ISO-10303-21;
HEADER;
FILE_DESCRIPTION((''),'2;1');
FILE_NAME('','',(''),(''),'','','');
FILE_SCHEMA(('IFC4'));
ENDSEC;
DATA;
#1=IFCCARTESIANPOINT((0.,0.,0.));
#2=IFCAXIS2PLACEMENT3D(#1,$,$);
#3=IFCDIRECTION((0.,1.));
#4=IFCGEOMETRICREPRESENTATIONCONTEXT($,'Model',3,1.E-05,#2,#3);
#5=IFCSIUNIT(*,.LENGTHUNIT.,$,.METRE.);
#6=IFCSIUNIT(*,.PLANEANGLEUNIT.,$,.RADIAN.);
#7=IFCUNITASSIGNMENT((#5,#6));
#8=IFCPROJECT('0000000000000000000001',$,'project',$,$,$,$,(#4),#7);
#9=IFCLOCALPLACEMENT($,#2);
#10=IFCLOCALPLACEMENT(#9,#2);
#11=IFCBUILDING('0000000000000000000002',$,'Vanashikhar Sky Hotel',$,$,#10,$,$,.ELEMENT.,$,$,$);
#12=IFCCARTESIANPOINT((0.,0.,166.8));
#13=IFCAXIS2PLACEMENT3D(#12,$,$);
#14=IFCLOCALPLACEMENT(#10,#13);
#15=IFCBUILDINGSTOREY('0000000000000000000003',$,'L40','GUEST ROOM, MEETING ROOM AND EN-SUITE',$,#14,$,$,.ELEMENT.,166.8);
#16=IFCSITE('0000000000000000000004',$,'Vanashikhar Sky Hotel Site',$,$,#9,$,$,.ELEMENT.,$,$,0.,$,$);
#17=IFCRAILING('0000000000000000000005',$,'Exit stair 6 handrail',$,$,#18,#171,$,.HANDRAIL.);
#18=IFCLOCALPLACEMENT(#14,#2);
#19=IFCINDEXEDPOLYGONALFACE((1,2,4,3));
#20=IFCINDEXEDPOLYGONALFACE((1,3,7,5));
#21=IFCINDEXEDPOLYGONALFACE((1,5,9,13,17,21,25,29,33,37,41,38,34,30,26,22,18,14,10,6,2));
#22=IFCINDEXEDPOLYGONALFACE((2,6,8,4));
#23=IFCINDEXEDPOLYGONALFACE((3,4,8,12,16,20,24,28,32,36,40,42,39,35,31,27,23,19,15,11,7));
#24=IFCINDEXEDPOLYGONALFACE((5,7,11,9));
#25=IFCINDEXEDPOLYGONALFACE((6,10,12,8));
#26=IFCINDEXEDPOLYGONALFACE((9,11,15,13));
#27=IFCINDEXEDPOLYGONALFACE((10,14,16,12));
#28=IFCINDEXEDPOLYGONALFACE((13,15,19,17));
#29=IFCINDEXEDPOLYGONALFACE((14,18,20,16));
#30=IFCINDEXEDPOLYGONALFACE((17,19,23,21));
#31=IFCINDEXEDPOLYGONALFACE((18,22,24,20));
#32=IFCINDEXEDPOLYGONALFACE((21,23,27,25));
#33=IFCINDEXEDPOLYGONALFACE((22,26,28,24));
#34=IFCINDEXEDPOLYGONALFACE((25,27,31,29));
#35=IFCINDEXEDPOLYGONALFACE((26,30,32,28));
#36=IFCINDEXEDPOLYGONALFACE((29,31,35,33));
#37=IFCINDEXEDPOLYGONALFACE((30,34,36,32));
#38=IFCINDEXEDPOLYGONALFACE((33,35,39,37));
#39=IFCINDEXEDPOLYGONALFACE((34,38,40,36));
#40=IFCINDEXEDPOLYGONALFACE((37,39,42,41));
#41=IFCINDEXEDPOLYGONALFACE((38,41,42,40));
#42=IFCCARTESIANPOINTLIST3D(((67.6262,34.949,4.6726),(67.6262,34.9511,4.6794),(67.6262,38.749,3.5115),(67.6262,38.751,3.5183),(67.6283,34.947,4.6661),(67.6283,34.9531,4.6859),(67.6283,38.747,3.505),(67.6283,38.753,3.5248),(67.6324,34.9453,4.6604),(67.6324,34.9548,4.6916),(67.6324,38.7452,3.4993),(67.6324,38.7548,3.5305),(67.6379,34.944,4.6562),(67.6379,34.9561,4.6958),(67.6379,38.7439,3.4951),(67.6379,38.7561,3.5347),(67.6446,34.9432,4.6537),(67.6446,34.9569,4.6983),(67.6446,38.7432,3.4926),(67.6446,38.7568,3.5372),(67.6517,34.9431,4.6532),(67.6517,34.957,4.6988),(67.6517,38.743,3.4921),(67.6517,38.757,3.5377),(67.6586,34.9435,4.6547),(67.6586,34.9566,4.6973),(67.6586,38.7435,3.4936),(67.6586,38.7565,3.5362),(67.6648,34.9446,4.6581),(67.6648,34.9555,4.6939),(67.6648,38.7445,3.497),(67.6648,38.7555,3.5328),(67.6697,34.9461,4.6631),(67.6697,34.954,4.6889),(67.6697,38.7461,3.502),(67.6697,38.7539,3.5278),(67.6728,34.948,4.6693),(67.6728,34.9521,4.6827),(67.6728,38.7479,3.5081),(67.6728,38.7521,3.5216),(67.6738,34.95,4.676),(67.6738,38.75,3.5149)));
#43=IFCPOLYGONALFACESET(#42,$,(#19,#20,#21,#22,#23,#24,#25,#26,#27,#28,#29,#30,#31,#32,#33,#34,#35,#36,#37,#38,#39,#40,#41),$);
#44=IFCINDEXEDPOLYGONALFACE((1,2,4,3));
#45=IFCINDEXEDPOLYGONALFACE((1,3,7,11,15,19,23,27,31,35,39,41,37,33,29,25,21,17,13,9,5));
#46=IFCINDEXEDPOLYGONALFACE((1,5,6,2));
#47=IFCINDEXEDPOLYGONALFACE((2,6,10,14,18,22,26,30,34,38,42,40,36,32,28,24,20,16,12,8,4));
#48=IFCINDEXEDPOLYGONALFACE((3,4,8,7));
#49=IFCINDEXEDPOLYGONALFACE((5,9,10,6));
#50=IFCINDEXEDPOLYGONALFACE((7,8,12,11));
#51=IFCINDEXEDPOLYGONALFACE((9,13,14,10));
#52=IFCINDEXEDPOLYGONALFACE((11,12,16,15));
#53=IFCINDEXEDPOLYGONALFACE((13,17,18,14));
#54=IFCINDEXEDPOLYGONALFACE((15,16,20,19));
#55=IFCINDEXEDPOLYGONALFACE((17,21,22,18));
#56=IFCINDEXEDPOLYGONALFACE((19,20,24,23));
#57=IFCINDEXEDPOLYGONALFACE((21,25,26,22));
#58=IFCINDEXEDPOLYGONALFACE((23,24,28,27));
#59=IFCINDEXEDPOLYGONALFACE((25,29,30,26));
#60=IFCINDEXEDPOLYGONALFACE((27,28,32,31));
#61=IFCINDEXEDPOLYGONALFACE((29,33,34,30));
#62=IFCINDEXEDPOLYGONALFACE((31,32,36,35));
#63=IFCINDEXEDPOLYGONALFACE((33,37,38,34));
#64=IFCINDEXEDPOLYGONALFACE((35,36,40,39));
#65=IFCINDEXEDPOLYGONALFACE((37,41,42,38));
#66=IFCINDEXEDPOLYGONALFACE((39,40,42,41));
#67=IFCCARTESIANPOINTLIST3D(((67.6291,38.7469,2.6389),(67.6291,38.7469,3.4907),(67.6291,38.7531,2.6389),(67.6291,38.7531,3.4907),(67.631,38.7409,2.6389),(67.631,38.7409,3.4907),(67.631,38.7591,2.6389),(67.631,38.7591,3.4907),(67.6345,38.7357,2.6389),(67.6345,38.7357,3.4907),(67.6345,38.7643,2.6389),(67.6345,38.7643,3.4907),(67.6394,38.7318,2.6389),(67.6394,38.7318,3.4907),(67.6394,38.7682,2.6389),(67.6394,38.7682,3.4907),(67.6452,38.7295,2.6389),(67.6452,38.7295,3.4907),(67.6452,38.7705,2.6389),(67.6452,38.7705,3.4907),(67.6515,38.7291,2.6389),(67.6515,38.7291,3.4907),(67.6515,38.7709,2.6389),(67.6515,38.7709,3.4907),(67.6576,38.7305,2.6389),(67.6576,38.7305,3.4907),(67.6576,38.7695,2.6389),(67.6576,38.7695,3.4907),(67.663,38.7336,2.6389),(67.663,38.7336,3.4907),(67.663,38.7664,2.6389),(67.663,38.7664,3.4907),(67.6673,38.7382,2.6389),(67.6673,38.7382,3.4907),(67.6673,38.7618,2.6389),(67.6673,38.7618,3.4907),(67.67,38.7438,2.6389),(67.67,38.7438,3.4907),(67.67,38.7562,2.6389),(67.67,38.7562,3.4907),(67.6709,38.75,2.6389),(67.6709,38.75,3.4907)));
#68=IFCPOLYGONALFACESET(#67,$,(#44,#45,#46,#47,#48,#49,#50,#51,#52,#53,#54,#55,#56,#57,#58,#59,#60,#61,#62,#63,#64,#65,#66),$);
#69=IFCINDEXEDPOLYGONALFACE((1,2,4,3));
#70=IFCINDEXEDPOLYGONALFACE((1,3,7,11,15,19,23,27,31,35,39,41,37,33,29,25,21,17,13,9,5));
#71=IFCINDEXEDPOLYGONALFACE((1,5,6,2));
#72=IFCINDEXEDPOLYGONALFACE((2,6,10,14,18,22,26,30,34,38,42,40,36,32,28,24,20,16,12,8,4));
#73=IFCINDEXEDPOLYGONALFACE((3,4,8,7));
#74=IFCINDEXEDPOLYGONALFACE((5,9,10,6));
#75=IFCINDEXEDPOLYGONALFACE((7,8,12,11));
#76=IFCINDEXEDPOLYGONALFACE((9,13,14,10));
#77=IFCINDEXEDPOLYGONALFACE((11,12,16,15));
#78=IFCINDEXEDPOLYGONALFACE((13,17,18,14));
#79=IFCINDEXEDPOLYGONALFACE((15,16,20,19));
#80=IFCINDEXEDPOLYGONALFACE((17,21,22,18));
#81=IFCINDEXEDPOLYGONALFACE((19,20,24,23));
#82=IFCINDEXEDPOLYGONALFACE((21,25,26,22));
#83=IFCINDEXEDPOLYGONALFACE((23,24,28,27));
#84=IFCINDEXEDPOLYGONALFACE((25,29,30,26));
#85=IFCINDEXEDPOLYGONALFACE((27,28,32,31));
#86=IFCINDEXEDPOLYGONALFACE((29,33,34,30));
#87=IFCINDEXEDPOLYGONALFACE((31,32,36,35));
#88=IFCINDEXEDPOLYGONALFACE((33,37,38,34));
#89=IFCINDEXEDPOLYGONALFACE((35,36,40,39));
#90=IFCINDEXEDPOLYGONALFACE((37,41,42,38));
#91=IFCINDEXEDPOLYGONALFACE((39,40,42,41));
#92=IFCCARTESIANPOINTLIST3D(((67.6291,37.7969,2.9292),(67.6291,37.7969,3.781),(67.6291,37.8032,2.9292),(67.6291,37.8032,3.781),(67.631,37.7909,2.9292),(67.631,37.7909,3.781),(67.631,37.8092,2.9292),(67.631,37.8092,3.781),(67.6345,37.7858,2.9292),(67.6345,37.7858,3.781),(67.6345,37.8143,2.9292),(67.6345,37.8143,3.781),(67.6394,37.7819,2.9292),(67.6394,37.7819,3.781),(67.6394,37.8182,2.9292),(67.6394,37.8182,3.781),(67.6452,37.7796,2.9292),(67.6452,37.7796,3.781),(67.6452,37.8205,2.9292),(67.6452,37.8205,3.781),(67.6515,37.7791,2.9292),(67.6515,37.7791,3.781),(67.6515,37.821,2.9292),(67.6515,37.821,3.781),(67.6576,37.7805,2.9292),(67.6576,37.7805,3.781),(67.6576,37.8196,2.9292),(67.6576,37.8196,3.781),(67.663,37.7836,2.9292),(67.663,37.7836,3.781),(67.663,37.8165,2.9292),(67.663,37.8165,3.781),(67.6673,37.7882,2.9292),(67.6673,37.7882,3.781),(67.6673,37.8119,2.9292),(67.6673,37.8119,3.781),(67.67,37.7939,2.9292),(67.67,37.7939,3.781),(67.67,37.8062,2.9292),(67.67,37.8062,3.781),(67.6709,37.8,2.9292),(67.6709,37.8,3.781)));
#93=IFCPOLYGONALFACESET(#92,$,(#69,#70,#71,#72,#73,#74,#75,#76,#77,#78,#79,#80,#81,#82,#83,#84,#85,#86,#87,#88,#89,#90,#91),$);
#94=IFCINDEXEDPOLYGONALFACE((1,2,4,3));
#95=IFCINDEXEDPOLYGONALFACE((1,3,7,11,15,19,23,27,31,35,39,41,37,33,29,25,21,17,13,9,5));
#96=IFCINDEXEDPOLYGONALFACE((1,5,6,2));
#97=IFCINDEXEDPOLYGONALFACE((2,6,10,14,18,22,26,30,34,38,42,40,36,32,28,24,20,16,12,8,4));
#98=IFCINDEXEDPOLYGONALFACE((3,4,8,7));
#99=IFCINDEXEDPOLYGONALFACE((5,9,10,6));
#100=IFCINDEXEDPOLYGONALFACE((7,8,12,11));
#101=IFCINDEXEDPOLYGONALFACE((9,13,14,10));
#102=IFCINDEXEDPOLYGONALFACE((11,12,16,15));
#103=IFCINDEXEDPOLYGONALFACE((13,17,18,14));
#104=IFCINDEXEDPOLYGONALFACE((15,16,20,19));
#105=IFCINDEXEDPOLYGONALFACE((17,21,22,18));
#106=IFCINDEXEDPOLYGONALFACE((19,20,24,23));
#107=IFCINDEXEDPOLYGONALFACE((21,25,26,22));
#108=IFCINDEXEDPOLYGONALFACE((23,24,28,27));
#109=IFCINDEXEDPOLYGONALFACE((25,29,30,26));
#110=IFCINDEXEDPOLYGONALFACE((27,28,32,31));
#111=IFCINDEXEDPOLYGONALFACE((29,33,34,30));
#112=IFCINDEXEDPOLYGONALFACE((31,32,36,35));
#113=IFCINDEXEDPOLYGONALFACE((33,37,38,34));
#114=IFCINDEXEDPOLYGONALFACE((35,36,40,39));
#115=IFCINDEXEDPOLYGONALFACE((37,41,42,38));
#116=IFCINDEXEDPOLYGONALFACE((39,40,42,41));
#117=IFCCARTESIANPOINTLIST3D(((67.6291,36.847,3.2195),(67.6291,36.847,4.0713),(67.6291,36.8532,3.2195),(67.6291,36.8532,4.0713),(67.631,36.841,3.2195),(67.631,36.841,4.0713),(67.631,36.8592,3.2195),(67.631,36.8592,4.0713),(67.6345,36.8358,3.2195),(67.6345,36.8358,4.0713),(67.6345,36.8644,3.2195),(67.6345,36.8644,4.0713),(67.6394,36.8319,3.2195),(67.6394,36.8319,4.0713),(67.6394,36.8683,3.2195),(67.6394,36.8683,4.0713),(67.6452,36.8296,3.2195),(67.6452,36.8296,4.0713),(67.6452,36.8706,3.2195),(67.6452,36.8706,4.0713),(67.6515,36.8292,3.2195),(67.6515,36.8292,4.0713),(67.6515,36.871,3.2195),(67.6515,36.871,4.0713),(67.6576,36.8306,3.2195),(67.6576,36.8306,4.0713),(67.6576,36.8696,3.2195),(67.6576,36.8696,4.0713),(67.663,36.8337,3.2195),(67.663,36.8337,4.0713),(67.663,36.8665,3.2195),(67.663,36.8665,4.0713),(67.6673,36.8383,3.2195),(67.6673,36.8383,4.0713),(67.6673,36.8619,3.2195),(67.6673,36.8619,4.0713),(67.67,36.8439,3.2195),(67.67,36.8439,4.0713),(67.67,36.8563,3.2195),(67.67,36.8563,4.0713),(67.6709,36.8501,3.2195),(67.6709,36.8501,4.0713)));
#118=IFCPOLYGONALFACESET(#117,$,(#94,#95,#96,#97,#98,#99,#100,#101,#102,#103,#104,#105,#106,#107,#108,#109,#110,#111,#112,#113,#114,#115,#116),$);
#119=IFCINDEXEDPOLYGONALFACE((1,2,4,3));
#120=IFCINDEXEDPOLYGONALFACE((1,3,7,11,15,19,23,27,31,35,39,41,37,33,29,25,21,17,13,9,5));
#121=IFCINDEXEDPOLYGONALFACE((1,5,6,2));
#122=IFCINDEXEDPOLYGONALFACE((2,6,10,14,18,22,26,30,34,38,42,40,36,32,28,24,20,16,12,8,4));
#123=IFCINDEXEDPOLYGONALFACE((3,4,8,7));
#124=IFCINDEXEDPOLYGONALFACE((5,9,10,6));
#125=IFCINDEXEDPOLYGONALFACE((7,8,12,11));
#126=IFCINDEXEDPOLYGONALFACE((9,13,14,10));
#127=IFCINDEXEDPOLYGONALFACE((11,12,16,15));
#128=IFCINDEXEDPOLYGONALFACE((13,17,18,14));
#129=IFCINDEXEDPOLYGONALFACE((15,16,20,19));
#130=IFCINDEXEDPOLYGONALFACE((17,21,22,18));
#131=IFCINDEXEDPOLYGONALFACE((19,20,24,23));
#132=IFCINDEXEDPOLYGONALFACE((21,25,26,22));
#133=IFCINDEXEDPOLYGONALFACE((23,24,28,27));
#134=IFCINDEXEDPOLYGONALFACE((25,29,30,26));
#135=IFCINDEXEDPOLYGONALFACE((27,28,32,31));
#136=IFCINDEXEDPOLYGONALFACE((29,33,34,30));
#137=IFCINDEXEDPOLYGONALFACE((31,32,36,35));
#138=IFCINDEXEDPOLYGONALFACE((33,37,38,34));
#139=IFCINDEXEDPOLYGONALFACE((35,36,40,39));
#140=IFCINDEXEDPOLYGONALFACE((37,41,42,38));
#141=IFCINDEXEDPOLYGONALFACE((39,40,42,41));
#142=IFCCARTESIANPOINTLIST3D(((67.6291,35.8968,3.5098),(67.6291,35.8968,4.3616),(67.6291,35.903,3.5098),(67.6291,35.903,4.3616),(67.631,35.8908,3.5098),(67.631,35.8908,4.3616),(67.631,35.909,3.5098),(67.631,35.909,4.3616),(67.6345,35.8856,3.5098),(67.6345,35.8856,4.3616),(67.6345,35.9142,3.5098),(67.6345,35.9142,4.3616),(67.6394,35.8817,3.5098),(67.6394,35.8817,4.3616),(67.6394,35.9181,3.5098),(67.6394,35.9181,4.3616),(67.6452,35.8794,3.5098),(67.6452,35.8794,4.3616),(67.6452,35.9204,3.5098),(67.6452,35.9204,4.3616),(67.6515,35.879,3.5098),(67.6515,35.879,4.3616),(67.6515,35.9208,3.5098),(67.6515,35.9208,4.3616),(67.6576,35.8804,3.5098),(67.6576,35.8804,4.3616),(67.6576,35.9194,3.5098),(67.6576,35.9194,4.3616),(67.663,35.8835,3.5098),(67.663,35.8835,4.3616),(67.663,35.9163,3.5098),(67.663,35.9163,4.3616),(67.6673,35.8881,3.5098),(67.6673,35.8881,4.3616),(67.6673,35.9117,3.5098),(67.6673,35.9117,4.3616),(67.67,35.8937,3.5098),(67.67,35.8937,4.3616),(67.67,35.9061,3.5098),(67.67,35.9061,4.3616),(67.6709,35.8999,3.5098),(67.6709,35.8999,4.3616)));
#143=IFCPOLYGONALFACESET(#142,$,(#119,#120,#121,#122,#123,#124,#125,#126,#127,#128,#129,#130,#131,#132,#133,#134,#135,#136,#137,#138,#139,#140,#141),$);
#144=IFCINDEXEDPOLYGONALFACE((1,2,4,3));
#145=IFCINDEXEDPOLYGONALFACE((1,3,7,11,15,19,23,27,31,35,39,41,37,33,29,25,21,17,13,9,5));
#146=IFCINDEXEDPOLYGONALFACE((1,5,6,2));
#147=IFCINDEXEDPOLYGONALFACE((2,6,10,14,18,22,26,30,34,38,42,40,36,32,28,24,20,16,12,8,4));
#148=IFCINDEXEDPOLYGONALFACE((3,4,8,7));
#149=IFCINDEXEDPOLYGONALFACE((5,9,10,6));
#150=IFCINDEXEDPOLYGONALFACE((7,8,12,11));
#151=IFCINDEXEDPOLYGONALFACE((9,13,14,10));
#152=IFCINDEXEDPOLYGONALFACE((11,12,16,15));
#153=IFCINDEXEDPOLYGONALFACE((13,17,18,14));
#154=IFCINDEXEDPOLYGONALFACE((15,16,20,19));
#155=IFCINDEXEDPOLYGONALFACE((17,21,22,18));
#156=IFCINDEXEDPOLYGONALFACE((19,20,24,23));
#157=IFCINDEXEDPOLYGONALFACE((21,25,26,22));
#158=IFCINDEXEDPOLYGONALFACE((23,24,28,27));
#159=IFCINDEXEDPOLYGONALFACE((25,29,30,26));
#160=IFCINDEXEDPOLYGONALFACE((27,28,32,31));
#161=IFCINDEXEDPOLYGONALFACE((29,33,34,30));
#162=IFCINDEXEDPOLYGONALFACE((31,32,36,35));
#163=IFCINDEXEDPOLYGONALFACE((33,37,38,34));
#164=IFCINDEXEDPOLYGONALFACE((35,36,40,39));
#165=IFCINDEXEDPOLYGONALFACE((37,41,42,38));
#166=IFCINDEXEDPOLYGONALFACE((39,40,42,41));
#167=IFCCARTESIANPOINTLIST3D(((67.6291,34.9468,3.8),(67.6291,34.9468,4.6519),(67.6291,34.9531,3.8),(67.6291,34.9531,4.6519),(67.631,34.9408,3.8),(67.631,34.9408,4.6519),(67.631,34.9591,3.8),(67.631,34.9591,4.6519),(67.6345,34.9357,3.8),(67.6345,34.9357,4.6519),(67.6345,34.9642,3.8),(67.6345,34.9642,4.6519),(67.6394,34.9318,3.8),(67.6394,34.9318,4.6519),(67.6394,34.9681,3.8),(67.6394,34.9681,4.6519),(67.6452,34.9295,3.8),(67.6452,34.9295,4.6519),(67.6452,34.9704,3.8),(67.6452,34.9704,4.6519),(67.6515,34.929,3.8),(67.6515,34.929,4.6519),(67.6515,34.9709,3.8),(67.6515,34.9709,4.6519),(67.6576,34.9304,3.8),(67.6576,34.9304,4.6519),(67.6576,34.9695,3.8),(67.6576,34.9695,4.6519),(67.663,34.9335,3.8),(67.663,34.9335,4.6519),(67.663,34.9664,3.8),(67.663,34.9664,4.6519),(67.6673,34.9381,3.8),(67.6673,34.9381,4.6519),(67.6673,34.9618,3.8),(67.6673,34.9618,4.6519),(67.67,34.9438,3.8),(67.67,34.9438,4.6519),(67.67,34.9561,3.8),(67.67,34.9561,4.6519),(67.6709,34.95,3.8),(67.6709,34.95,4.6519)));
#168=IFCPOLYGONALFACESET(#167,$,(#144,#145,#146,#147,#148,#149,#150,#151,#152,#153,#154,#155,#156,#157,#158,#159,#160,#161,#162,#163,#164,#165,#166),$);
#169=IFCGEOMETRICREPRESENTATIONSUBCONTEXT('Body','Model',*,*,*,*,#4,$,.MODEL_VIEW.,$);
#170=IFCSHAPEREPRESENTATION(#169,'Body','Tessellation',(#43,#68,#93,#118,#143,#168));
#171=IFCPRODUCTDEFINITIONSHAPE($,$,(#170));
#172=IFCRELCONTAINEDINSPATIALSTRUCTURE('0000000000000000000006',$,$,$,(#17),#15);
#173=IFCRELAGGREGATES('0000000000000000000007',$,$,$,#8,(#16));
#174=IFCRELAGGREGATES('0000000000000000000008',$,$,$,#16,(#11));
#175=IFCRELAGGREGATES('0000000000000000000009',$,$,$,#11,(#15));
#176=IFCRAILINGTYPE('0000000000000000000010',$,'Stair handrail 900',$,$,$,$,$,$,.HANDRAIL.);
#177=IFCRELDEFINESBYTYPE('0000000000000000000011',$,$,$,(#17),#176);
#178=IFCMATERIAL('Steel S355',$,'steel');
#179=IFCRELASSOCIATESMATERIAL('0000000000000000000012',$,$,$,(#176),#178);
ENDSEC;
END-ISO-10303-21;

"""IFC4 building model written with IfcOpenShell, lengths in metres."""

from ifc_helpers import new_model, si_unit, direction, frame, origin, origin_2d, place, context, subcontext, project, spatial, circle, extrude, source, transform, mapped, material, type_object, element, save


model = new_model("IFC4")

# Units and contexts
model_context = context("Model", 3, precision=1e-05, world=origin(), true_north=direction((0.0, 1.0)))
body_context = subcontext(model_context, "Body", "Model", "MODEL_VIEW")
ifc_project = project(units=[si_unit("LENGTHUNIT", "METRE"), si_unit("PLANEANGLEUNIT", "RADIAN")], contexts=[model_context])

# Site, building, storey
site_placement = place(None, origin())
site = spatial("IfcSite", under=ifc_project, at=site_placement, Name="Vanashikhar Sky Hotel Site", CompositionType="ELEMENT", RefElevation=0.0)
building_placement = place(site_placement, origin())
building = spatial("IfcBuilding", under=site, at=building_placement, Name="Vanashikhar Sky Hotel", CompositionType="ELEMENT")
storey_placement = place(building_placement, frame((0.0, 0.0, 166.8)))
storey = spatial("IfcBuildingStorey", under=building, at=storey_placement, Name="L40", Description="GUEST ROOM, MEETING ROOM AND EN-SUITE", CompositionType="ELEMENT", Elevation=166.8)

# Railing
ifc_material_1 = material(Name="Steel S355", Category="steel")
railing_type = type_object("IfcRailingType", Name="Stair handrail 900", PredefinedType="HANDRAIL", material=ifc_material_1)
shared_shape_1 = source(origin(), body_context, "Body", "SweptSolid", [
    extrude(circle(Radius=0.0239, at=origin_2d()), frame((0.0, 0.0, 0.876), z_axis=(0.0, -0.956351, 0.29222), x_axis=(1.0, 0.0, 0.0)), (0.0, 0.0, 1.0), 3.9734),
    extrude(circle(Radius=0.021, at=origin_2d()), origin(), (0.0, 0.0, 1.0), 0.8518),
    extrude(circle(Radius=0.021, at=origin_2d()), frame((0.0, -0.95, 0.2903)), (0.0, 0.0, 1.0), 0.8518),
    extrude(circle(Radius=0.021, at=origin_2d()), frame((0.0, -1.8999, 0.5806)), (0.0, 0.0, 1.0), 0.8518),
    extrude(circle(Radius=0.021, at=origin_2d()), frame((0.0, -2.8501, 0.8708)), (0.0, 0.0, 1.0), 0.8518),
    extrude(circle(Radius=0.021, at=origin_2d()), frame((0.0, -3.8, 1.1611)), (0.0, 0.0, 1.0), 0.8518),
])
for number, where, name in (
    (1, (67.6499, 38.75, 2.6389), "Exit stair 6 handrail"),
):
    element("IfcRailing", number, at=place(storey_placement, frame(where)), inside=storey, type_object=railing_type, Name=name, PredefinedType="HANDRAIL", context=body_context, shape_type="MappedRepresentation", body=[
        mapped(shared_shape_1, transform((0.0, 0.0, 0.0), scale=1.0)),
    ])

save(model, "model.ifc")
